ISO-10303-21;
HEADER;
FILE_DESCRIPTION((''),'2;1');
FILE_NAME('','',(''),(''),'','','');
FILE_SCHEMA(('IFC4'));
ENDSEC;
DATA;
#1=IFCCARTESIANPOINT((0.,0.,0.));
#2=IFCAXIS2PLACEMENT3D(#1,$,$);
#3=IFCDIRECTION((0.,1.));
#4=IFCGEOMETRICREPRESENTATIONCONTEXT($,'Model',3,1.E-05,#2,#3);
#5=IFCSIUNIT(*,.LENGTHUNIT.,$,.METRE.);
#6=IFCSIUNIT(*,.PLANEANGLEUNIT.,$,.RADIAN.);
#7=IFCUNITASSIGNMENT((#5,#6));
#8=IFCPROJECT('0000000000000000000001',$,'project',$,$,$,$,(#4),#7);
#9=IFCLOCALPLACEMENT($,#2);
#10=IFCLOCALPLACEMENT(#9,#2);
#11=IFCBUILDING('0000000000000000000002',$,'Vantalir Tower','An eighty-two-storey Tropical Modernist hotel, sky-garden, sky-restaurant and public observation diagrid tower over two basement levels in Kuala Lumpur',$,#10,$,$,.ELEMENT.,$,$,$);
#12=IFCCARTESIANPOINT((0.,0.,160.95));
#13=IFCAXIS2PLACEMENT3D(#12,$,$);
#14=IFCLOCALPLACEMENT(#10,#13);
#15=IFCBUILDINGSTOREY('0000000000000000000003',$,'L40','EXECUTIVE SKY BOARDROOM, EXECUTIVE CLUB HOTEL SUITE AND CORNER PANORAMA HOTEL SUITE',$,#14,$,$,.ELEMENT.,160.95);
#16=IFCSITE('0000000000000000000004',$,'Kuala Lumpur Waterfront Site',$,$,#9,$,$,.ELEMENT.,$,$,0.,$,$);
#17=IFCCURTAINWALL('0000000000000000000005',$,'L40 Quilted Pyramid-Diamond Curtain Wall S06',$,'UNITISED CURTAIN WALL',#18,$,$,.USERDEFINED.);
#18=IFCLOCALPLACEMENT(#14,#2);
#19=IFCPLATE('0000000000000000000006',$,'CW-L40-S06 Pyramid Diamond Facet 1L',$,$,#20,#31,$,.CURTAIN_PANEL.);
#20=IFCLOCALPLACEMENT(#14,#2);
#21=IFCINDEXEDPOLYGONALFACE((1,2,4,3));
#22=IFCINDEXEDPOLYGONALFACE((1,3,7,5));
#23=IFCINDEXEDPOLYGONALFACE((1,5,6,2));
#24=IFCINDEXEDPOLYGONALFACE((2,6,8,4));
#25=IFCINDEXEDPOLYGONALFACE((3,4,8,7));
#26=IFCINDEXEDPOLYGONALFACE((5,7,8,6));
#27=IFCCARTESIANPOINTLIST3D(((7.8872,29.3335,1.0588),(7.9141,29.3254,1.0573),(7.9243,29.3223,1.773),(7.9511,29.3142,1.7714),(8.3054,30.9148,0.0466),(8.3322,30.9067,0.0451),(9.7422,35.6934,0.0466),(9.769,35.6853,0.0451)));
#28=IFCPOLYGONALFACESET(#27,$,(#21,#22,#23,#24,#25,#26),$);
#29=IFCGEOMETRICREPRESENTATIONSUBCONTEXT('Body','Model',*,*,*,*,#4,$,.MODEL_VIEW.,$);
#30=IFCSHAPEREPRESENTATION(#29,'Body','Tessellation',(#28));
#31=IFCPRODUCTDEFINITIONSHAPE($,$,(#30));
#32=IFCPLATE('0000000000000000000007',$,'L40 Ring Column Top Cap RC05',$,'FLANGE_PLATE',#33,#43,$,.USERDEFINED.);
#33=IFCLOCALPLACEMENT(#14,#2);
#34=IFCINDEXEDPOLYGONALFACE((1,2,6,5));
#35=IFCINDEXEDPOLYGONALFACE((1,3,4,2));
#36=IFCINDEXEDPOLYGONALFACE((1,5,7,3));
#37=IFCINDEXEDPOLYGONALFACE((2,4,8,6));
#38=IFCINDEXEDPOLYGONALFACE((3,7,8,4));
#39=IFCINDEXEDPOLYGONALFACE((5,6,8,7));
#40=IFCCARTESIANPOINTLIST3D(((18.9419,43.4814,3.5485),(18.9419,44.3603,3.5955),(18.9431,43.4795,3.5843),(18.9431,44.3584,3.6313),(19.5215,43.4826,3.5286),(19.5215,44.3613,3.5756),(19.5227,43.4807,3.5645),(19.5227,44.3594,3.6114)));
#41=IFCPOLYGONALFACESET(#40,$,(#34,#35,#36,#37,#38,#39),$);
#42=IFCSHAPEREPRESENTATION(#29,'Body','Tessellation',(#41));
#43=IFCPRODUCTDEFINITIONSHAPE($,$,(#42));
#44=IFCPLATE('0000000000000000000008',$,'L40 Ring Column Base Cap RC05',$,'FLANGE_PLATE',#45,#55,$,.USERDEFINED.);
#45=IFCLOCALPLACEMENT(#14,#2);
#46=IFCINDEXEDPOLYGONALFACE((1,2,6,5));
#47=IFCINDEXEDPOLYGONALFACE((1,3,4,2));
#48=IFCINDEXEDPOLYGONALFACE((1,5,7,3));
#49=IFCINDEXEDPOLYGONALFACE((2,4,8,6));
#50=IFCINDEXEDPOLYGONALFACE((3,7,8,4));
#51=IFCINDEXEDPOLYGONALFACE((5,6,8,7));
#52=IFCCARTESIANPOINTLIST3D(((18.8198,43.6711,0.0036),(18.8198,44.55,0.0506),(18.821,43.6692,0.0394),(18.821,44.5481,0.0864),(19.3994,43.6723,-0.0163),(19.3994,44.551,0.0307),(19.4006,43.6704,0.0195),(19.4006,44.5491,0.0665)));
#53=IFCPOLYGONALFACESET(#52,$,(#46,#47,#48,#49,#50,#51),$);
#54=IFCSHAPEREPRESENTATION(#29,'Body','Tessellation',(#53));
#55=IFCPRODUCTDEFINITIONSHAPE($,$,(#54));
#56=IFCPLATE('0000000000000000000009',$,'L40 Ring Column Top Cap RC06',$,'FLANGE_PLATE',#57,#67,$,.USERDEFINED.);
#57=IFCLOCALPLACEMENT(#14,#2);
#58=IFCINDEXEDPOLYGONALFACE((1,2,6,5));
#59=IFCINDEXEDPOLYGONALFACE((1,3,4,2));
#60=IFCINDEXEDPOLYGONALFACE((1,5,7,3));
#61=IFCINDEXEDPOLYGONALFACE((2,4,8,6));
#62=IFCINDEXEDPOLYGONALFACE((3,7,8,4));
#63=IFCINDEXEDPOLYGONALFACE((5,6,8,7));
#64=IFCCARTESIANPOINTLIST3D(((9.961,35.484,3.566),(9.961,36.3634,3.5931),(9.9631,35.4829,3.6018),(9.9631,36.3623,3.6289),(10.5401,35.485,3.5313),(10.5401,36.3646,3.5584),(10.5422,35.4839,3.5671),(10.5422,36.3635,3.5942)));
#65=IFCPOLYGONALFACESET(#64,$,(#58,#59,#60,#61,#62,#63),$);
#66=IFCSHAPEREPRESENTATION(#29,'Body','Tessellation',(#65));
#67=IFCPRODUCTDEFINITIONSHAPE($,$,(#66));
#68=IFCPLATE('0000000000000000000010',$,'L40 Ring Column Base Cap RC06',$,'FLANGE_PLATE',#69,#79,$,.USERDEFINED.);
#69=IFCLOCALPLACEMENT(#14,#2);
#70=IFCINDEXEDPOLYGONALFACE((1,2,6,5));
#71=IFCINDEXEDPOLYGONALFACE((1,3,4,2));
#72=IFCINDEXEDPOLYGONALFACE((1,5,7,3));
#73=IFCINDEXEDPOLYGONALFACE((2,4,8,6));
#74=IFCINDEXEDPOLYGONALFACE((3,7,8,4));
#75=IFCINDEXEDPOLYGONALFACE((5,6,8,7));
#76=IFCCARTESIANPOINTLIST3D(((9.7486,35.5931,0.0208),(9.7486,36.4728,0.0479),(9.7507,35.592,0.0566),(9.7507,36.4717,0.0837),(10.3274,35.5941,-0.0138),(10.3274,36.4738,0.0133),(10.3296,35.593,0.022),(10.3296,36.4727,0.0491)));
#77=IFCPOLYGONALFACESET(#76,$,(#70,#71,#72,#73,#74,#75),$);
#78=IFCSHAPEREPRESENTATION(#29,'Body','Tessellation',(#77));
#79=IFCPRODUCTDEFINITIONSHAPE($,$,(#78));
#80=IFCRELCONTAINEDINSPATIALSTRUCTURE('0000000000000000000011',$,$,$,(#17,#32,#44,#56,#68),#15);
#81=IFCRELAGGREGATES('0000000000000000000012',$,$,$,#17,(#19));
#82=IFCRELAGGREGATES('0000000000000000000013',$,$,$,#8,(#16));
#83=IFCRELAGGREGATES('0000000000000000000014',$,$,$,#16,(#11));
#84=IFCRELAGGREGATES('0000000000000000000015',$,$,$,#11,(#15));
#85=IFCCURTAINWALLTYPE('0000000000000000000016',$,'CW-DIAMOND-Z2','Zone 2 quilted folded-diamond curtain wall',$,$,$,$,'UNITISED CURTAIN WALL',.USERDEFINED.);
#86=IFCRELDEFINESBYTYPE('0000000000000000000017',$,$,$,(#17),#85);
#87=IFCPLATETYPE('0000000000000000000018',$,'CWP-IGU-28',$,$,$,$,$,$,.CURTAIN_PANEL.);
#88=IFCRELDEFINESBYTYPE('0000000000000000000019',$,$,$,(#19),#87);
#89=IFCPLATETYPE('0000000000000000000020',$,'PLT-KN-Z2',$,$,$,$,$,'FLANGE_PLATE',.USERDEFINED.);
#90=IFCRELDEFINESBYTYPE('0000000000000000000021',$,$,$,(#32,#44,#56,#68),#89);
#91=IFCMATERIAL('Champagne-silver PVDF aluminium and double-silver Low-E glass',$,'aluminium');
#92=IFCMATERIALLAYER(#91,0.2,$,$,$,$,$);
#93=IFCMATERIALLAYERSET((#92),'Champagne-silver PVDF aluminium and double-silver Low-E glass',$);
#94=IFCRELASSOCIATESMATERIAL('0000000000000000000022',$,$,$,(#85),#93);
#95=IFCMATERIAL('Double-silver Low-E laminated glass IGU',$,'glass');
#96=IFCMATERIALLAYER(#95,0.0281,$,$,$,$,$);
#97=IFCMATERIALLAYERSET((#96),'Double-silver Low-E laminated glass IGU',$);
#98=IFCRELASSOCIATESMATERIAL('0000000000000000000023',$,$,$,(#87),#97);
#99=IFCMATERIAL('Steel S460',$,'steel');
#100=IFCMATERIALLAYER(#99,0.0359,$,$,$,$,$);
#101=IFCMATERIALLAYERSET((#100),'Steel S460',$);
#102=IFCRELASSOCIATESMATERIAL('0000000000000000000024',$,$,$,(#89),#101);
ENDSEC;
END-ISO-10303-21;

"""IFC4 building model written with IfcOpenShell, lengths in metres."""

from ifc_helpers import new_model, si_unit, direction, frame, origin, place, context, subcontext, project, spatial, polyline, outline, extrude, material, layer, layer_set, type_object, element, aggregate, save


model = new_model("IFC4")

# Units and contexts
model_context = context("Model", 3, precision=1e-05, world=origin(), true_north=direction((0.0, 1.0)))
body_context = subcontext(model_context, "Body", "Model", "MODEL_VIEW")
ifc_project = project(units=[si_unit("LENGTHUNIT", "METRE"), si_unit("PLANEANGLEUNIT", "RADIAN")], contexts=[model_context])

# Site, building, storey
site_placement = place(None, origin())
site = spatial("IfcSite", under=ifc_project, at=site_placement, Name="Kuala Lumpur Waterfront Site", CompositionType="ELEMENT", RefElevation=0.0)
building_placement = place(site_placement, origin())
building = spatial("IfcBuilding", under=site, at=building_placement, Name="Vantalir Tower", Description="An eighty-two-storey Tropical Modernist hotel, sky-garden, sky-restaurant and public observation diagrid tower over two basement levels in Kuala Lumpur", CompositionType="ELEMENT")
storey_placement = place(building_placement, frame((0.0, 0.0, 160.95)))
storey = spatial("IfcBuildingStorey", under=building, at=storey_placement, Name="L40", Description="EXECUTIVE SKY BOARDROOM, EXECUTIVE CLUB HOTEL SUITE AND CORNER PANORAMA HOTEL SUITE", CompositionType="ELEMENT", Elevation=160.95)

# Shared definitions
ifc_material_1 = material(Name="Steel S460", Category="steel")

# Shared definitions
ifc_material_2 = material(Name="Champagne-silver PVDF aluminium and double-silver Low-E glass", Category="aluminium")
ifc_layer_1 = layer(ifc_material_2, 0.2)
ifc_layer_set_1 = layer_set([ifc_layer_1], Name="Champagne-silver PVDF aluminium and double-silver Low-E glass")
curtain_wall_type = type_object("IfcCurtainWallType", Name="CW-DIAMOND-Z2", Description="Zone 2 quilted folded-diamond curtain wall", ElementType="UNITISED CURTAIN WALL", PredefinedType="USERDEFINED", material=ifc_layer_set_1)

# Curtain wall
curtain_wall_1_placement = place(storey_placement, origin())
curtain_wall_1 = element("IfcCurtainWall", 1, at=curtain_wall_1_placement, inside=storey, type_object=curtain_wall_type, Name="L40 Quilted Pyramid-Diamond Curtain Wall S06", ObjectType="UNITISED CURTAIN WALL", PredefinedType="USERDEFINED")

# Plate
ifc_material_3 = material(Name="Double-silver Low-E laminated glass IGU", Category="glass")
ifc_layer_2 = layer(ifc_material_3, 0.0281)
ifc_layer_set_2 = layer_set([ifc_layer_2], Name="Double-silver Low-E laminated glass IGU")
plate_type_1 = type_object("IfcPlateType", Name="CWP-IGU-28", PredefinedType="CURTAIN_PANEL", material=ifc_layer_set_2)
plate_1_placement = place(storey_placement, frame((9.7422, 35.6934, 0.0466), z_axis=(-0.956242, 0.287524, 0.05414), x_axis=(-0.287946, -0.957647, 0.000001)))
plate_1 = element("IfcPlate", 2, at=plate_1_placement, type_object=plate_type_1, Name="CW-L40-S06 Pyramid Diamond Facet 1L", PredefinedType="CURTAIN_PANEL", context=body_context, shape_type="SweptSolid", body=[
    extrude(outline(polyline([(0.0, 0.0), (4.9899, 0.0), (6.6246, 1.0137), (6.6247, 1.7289), (0.0, 0.0)])), origin(), (0.0, 0.0, -1.0), 0.0281),
])
aggregate(curtain_wall_1, [plate_1])

# Plates
ifc_layer_3 = layer(ifc_material_1, 0.0359)
ifc_layer_set_3 = layer_set([ifc_layer_3], Name="Steel S460")
plate_type_2 = type_object("IfcPlateType", Name="PLT-KN-Z2", ElementType="FLANGE_PLATE", PredefinedType="USERDEFINED", material=ifc_layer_set_3)
plate_2_placement = place(storey_placement, frame((18.9431, 44.3584, 3.6313), z_axis=(0.034362, -0.053372, 0.997983), x_axis=(-0.000005, -0.998573, -0.053403)))
element("IfcPlate", 3, at=plate_2_placement, inside=storey, type_object=plate_type_2, Name="L40 Ring Column Top Cap RC05", ObjectType="FLANGE_PLATE", PredefinedType="USERDEFINED", context=body_context, shape_type="SweptSolid", body=[
    extrude(outline(polyline([(0.0, 0.0), (0.8802, 0.0), (0.88, 0.5799), (0.0001, 0.5799), (0.0, 0.0)])), origin(), (0.0, 0.0, -1.0), 0.0359),
])
plate_3_placement = place(storey_placement, frame((18.821, 44.5481, 0.0864), z_axis=(0.034362, -0.053372, 0.997983), x_axis=(0.000005, -0.998573, -0.053403)))
element("IfcPlate", 4, at=plate_3_placement, inside=storey, type_object=plate_type_2, Name="L40 Ring Column Base Cap RC05", ObjectType="FLANGE_PLATE", PredefinedType="USERDEFINED", context=body_context, shape_type="SweptSolid", body=[
    extrude(outline(polyline([(0.0, 0.0), (0.8802, 0.0), (0.88, 0.5799), (0.0001, 0.5799), (0.0, 0.0)])), origin(), (0.0, 0.0, -1.0), 0.0359),
])
plate_4_placement = place(storey_placement, frame((9.9631, 36.3623, 3.6289), z_axis=(0.059788, -0.030742, 0.997738), x_axis=(0.0, -0.999526, -0.030797)))
element("IfcPlate", 5, at=plate_4_placement, inside=storey, type_object=plate_type_2, Name="L40 Ring Column Top Cap RC06", ObjectType="FLANGE_PLATE", PredefinedType="USERDEFINED", context=body_context, shape_type="SweptSolid", body=[
    extrude(outline(polyline([(0.0, 0.0), (0.8798, 0.0), (0.8799, 0.5801), (-0.0002, 0.5801), (0.0, 0.0)])), origin(), (0.0, 0.0, -1.0), 0.0359),
])
plate_5_placement = place(storey_placement, frame((9.7507, 36.4717, 0.0837), z_axis=(0.059807, -0.030738, 0.997737), x_axis=(0.0, -0.999526, -0.030793)))
element("IfcPlate", 6, at=plate_5_placement, inside=storey, type_object=plate_type_2, Name="L40 Ring Column Base Cap RC06", ObjectType="FLANGE_PLATE", PredefinedType="USERDEFINED", context=body_context, shape_type="SweptSolid", body=[
    extrude(outline(polyline([(0.0, 0.0), (0.8801, 0.0), (0.8801, 0.5799), (0.0001, 0.5799), (0.0, 0.0)])), origin(), (0.0, 0.0, -1.0), 0.0359),
])

save(model, "model.ifc")
